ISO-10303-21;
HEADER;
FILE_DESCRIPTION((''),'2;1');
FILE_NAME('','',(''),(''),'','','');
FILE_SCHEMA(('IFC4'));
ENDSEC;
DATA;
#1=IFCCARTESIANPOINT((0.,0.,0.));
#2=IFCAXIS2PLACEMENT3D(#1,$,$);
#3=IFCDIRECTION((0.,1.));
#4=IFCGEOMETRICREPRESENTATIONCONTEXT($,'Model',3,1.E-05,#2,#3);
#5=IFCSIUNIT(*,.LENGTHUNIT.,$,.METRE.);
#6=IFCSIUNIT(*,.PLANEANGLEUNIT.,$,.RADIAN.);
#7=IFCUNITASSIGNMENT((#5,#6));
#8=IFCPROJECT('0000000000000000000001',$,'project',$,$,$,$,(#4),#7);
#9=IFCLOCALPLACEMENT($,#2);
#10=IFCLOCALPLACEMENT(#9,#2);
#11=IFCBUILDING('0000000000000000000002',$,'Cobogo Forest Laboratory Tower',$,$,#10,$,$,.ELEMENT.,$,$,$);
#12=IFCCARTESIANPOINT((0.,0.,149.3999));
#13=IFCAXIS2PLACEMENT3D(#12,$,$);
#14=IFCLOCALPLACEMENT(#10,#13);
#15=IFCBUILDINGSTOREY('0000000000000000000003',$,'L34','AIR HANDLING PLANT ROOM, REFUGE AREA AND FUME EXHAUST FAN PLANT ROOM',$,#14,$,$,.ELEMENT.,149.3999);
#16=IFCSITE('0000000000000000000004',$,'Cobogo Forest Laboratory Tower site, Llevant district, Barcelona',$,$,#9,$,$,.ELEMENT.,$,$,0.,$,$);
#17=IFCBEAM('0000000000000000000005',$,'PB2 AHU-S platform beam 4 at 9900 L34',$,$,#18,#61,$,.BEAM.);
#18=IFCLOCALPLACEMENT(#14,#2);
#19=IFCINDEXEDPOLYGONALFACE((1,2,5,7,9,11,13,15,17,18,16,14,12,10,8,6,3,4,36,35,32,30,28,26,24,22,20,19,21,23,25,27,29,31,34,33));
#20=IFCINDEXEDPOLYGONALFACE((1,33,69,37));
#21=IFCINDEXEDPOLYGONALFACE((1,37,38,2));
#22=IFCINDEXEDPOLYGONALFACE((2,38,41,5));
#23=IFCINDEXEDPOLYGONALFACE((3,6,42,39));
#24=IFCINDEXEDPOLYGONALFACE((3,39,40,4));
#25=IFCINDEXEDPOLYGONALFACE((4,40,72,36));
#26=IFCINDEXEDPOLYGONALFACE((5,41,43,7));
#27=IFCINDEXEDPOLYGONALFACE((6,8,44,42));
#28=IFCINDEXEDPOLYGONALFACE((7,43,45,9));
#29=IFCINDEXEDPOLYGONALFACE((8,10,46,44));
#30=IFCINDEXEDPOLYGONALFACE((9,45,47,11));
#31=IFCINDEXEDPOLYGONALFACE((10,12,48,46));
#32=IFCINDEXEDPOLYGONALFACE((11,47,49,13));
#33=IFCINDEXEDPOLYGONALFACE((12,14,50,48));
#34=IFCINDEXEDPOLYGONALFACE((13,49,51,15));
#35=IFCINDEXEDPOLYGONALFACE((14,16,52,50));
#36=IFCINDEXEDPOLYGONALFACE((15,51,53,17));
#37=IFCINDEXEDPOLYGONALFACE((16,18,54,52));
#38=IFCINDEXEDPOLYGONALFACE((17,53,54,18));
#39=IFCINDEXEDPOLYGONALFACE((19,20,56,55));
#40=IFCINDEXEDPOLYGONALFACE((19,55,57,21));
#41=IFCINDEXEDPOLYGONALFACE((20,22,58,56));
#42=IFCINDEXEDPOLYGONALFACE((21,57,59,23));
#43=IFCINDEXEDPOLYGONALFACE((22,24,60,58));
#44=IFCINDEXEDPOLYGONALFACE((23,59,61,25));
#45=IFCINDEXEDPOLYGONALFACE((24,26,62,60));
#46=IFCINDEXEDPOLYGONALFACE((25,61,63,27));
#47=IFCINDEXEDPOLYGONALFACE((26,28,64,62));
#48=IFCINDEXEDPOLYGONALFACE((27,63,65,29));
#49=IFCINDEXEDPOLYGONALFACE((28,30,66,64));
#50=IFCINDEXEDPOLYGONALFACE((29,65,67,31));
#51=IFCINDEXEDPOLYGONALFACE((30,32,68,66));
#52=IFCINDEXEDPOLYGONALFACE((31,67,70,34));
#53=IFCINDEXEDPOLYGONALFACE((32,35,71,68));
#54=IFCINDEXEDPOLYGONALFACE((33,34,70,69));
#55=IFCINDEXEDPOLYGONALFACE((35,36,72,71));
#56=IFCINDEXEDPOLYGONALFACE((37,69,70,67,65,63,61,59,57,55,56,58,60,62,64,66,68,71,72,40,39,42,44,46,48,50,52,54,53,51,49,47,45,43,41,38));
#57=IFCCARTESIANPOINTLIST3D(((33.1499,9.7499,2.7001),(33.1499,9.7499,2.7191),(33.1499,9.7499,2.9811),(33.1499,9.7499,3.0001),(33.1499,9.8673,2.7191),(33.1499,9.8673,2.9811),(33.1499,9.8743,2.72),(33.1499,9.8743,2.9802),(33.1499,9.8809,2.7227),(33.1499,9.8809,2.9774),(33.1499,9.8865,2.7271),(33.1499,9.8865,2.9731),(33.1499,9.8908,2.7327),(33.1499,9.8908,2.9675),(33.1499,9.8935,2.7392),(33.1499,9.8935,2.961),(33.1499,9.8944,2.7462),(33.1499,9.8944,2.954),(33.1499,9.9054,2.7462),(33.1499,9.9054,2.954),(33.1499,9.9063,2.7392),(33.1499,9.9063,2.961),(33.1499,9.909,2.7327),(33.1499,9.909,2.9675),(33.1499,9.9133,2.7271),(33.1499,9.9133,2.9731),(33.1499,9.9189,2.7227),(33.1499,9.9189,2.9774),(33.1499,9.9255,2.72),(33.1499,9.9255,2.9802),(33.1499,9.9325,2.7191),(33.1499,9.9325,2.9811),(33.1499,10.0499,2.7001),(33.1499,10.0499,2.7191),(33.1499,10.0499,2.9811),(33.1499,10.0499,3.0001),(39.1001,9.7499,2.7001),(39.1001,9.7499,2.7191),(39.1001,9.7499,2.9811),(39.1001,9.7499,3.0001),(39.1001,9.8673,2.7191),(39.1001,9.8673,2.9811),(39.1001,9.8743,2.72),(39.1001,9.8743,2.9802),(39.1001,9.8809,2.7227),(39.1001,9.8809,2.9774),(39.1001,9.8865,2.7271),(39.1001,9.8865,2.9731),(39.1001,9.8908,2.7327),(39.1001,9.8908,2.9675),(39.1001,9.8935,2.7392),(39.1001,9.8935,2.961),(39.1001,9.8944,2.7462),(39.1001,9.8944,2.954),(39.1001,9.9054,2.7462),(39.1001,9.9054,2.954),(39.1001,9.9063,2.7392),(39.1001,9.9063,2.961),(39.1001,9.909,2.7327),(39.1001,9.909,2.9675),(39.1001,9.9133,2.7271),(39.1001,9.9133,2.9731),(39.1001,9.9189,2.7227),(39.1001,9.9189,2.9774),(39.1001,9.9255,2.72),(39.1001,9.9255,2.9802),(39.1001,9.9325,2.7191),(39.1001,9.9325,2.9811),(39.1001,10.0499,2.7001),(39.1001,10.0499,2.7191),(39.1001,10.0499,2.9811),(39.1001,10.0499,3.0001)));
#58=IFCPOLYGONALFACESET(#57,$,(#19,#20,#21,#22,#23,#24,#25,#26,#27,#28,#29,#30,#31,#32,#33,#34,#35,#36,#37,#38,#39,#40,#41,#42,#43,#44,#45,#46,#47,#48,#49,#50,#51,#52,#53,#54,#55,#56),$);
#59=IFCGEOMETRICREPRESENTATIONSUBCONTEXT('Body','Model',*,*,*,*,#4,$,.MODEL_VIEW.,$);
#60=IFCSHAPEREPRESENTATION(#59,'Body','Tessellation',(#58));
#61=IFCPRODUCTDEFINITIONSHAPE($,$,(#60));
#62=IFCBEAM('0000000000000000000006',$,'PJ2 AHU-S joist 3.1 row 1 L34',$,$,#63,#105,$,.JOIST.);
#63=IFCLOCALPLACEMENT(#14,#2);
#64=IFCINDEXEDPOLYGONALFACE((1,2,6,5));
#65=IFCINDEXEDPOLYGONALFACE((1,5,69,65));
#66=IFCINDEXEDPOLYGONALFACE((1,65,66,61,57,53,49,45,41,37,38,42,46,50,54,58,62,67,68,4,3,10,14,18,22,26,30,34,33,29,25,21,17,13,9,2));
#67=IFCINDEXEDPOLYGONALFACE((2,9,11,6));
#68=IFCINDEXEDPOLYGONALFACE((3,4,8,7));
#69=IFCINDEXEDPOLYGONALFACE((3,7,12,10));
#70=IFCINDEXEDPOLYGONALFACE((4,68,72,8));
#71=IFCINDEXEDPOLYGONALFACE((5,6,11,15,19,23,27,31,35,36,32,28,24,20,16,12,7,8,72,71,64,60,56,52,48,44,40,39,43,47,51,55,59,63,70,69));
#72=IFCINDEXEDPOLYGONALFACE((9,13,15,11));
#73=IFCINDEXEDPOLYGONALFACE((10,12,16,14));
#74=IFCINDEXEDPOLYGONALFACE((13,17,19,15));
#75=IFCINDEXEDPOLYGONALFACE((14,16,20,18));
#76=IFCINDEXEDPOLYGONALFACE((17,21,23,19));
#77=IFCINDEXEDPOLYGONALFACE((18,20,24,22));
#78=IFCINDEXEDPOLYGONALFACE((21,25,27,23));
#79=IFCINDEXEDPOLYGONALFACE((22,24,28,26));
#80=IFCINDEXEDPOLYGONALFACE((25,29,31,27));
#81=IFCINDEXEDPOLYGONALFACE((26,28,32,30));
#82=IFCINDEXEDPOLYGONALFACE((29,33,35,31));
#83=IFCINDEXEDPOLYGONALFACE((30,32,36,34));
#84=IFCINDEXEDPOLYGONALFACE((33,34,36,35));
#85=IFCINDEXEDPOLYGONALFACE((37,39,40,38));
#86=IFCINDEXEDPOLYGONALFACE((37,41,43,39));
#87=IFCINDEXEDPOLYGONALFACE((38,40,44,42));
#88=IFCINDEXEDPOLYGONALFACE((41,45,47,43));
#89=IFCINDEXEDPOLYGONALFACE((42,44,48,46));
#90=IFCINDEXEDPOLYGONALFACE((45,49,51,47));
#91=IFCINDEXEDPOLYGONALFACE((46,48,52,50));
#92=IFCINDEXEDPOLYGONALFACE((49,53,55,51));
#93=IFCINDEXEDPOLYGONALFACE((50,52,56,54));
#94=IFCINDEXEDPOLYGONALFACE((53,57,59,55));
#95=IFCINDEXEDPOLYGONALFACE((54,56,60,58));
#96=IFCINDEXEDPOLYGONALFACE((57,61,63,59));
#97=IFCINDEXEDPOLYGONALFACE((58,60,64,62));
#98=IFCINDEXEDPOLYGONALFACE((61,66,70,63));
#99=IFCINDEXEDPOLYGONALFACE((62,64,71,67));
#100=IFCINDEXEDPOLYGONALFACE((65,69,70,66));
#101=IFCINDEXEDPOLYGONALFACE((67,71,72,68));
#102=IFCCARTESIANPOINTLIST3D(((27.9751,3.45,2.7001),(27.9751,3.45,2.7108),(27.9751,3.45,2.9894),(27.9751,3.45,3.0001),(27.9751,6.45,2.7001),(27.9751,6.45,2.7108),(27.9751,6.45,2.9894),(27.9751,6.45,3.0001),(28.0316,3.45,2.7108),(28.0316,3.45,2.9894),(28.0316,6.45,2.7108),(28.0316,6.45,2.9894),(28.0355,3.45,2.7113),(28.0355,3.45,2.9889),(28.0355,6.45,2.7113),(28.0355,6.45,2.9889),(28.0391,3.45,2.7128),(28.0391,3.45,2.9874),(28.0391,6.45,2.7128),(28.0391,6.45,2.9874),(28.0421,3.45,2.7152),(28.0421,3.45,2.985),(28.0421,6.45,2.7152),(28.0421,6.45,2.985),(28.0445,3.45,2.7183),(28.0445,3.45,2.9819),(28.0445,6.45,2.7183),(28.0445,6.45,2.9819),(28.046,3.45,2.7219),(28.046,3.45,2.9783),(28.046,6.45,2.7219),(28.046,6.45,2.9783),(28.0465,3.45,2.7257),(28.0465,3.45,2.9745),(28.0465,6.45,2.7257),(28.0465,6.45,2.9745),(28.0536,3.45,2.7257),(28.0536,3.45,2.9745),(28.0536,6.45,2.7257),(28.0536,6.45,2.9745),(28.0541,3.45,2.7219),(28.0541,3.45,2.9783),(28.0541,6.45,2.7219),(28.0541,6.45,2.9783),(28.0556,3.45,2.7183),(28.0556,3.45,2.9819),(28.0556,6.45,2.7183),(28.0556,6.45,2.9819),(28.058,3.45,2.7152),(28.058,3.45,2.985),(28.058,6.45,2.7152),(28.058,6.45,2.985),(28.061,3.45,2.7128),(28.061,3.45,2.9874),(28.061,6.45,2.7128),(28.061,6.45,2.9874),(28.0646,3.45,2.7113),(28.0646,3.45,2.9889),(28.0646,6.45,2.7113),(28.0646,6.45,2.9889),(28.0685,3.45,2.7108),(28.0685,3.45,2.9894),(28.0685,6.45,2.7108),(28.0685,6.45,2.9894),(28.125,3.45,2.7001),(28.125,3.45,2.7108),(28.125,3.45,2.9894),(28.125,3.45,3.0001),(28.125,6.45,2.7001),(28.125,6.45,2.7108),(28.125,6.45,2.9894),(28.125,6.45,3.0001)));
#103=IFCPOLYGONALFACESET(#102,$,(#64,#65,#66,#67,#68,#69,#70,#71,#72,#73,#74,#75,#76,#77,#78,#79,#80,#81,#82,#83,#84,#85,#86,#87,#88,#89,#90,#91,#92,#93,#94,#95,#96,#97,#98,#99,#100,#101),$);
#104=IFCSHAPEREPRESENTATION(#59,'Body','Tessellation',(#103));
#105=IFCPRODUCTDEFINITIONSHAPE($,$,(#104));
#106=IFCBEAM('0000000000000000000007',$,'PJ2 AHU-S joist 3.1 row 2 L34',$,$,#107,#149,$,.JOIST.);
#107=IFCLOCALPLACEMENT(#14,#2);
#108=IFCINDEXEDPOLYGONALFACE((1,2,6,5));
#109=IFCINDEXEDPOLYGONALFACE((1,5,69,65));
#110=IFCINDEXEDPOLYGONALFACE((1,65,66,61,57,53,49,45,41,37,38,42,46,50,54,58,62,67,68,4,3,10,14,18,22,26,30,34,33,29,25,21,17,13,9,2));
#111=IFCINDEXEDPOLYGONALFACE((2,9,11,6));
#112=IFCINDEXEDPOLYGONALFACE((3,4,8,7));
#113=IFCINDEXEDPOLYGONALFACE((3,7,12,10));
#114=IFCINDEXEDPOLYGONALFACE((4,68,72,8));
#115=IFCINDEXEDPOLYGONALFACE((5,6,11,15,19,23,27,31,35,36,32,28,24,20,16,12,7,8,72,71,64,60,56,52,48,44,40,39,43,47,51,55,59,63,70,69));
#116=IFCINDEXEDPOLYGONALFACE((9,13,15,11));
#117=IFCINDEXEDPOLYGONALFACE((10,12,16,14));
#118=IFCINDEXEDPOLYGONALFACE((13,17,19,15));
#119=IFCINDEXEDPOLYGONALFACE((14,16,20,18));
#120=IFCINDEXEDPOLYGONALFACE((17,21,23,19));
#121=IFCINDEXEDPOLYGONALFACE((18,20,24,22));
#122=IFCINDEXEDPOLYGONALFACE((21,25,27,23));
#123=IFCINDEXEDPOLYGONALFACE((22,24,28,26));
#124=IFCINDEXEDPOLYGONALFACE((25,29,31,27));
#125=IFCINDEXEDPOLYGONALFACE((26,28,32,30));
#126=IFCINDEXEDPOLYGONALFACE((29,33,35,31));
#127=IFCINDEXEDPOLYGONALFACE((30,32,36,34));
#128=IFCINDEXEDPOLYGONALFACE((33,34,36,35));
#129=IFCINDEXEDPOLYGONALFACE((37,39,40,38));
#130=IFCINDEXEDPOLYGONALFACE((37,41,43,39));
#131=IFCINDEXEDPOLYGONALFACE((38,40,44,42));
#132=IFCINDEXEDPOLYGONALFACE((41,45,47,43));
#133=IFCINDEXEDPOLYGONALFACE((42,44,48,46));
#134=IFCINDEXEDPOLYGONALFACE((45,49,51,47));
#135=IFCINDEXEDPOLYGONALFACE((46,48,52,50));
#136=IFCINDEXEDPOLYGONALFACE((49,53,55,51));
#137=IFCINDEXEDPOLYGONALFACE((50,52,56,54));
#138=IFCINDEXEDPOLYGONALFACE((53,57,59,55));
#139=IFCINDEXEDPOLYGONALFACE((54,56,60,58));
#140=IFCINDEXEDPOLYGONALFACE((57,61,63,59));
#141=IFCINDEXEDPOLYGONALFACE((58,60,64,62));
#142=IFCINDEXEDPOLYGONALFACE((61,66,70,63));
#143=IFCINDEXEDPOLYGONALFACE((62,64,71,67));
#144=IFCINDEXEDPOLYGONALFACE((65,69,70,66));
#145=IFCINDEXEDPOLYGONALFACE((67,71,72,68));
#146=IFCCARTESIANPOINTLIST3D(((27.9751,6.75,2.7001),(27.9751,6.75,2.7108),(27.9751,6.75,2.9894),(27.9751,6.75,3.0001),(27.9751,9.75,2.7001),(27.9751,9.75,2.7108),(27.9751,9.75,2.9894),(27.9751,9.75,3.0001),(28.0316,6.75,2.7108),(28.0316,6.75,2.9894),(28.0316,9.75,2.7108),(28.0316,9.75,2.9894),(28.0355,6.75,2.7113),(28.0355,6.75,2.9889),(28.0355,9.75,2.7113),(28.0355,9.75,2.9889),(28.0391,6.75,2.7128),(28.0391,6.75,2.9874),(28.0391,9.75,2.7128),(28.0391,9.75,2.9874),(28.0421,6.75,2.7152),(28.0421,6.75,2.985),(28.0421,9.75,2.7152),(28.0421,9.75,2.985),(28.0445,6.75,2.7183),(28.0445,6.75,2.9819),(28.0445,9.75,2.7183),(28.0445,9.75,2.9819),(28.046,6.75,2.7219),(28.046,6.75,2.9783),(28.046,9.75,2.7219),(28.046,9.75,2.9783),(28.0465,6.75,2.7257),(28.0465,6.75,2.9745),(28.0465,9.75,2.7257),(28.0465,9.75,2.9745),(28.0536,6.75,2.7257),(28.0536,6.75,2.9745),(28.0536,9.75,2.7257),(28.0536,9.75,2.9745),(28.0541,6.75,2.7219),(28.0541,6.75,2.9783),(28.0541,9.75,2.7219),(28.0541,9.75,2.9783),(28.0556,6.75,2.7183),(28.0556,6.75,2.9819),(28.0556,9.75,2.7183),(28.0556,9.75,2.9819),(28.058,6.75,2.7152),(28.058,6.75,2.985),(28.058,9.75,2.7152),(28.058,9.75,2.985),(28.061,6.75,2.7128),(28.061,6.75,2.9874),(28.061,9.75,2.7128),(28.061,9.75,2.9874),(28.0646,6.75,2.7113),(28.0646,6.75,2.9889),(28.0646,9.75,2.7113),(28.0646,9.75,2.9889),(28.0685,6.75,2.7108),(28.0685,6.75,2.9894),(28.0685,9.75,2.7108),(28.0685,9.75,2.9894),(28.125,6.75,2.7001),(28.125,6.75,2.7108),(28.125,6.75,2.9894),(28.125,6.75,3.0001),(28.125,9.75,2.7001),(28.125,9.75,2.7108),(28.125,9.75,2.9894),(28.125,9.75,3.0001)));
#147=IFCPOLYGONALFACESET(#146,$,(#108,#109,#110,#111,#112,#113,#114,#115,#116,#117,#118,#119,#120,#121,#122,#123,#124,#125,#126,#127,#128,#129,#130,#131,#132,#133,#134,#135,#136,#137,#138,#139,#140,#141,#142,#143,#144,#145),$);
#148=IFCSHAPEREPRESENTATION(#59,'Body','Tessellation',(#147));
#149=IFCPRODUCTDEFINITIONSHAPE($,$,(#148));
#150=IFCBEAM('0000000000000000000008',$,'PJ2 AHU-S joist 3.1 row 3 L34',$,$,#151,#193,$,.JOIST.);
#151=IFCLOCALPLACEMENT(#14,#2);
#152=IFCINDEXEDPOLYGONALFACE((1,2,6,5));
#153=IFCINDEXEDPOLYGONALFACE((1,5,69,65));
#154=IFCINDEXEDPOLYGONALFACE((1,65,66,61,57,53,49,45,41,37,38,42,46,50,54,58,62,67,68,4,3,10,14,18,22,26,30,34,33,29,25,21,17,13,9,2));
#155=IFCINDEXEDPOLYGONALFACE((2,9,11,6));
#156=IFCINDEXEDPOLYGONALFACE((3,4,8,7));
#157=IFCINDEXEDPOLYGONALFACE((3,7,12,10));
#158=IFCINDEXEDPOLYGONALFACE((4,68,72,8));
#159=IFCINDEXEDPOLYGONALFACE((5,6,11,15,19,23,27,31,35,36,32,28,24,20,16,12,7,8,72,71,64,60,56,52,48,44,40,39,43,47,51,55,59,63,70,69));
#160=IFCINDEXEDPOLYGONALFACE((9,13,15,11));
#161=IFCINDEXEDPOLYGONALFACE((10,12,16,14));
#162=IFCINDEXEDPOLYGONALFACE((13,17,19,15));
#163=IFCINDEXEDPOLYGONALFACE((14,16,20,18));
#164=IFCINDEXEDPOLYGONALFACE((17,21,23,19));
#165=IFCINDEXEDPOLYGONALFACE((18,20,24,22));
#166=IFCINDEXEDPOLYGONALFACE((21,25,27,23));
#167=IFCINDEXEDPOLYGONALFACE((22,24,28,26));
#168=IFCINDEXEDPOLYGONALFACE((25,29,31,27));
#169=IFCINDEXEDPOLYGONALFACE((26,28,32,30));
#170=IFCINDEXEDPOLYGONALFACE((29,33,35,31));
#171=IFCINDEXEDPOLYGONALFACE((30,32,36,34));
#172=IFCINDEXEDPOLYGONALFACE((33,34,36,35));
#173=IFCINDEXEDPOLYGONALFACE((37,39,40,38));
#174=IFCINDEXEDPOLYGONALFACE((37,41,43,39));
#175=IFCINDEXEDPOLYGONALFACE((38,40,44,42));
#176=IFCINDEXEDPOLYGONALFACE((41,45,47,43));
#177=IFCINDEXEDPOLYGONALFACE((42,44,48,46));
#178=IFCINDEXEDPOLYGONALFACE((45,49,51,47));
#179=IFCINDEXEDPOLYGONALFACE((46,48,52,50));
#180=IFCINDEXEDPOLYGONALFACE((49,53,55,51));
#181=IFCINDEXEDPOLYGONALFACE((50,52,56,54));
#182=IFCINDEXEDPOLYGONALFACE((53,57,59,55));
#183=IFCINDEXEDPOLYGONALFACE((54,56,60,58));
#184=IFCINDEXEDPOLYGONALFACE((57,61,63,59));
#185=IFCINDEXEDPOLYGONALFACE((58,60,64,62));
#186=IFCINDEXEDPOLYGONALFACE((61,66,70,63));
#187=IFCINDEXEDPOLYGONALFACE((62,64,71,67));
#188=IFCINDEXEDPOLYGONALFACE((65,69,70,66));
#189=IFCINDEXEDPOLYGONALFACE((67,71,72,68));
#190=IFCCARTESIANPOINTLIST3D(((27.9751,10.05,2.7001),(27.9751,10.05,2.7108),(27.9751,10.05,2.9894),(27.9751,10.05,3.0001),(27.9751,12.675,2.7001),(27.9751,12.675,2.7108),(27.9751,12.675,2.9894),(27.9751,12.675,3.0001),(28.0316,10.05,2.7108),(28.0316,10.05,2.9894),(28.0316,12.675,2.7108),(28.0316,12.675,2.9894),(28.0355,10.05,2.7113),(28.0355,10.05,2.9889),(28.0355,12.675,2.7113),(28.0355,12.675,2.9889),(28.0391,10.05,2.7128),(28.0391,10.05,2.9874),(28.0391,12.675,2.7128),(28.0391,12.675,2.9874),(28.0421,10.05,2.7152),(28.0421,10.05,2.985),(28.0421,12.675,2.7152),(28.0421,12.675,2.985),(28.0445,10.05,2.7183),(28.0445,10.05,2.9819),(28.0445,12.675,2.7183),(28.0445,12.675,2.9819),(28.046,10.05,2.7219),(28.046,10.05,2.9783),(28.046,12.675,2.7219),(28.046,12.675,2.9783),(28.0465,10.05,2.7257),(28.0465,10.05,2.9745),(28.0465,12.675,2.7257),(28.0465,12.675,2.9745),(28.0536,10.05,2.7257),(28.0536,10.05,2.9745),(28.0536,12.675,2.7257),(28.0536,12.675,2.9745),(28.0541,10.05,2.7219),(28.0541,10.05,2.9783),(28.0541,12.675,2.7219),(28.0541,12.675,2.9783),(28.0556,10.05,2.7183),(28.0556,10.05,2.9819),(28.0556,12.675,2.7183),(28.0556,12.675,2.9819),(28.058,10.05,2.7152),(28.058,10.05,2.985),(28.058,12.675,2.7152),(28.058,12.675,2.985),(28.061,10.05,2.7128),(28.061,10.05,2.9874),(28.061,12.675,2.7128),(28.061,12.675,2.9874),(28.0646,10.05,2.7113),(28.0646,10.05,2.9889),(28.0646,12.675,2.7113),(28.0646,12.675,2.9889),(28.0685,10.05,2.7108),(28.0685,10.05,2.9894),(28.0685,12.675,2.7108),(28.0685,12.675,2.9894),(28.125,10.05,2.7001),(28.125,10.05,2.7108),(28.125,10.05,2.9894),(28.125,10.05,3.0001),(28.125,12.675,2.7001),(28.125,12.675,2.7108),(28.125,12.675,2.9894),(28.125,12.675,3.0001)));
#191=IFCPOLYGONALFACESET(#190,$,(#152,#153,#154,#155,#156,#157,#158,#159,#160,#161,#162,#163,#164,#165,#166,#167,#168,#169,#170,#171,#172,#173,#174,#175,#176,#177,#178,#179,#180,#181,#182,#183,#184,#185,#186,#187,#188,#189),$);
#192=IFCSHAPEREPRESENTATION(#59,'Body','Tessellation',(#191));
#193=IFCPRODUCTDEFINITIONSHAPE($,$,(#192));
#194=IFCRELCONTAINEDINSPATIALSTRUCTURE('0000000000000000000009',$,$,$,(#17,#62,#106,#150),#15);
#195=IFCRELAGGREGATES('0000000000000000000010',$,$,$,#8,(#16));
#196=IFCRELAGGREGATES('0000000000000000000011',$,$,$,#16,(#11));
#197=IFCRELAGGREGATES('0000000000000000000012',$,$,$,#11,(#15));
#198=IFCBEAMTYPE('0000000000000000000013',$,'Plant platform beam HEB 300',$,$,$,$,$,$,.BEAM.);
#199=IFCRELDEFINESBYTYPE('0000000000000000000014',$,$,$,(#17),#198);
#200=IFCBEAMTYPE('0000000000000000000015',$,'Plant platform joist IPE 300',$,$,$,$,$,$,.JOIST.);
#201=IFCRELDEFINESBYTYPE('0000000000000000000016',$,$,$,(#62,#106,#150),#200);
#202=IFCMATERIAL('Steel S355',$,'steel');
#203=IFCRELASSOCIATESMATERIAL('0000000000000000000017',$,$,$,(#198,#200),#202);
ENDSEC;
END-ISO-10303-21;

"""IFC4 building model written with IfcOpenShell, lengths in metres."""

from ifc_helpers import new_model, si_unit, direction, frame, origin, origin_2d, place, context, subcontext, project, spatial, i_section, extrude, material, material_profile, profile_set, type_object, element, save


model = new_model("IFC4")

# Units and contexts
model_context = context("Model", 3, precision=1e-05, world=origin(), true_north=direction((0.0, 1.0)))
body_context = subcontext(model_context, "Body", "Model", "MODEL_VIEW")
ifc_project = project(units=[si_unit("LENGTHUNIT", "METRE"), si_unit("PLANEANGLEUNIT", "RADIAN")], contexts=[model_context])

# Site, building, storey
site_placement = place(None, origin())
site = spatial("IfcSite", under=ifc_project, at=site_placement, Name="Cobogo Forest Laboratory Tower site, Llevant district, Barcelona", CompositionType="ELEMENT", RefElevation=0.0)
building_placement = place(site_placement, origin())
building = spatial("IfcBuilding", under=site, at=building_placement, Name="Cobogo Forest Laboratory Tower", CompositionType="ELEMENT")
storey_placement = place(building_placement, frame((0.0, 0.0, 149.3999)))
storey = spatial("IfcBuildingStorey", under=building, at=storey_placement, Name="L34", Description="AIR HANDLING PLANT ROOM, REFUGE AREA AND FUME EXHAUST FAN PLANT ROOM", CompositionType="ELEMENT", Elevation=149.3999)

# Beams
ifc_material_1 = material(Name="Steel S355", Category="steel")
ifc_material_profile_1 = material_profile(ifc_material_1, i_section(OverallWidth=0.3, OverallDepth=0.3, WebThickness=0.011, FlangeThickness=0.019, FilletRadius=0.0271, at=origin_2d()), Name="HEB 300")
ifc_profile_set_1 = profile_set([ifc_material_profile_1], Name="Steel S355")
beam_type_1 = type_object("IfcBeamType", Name="Plant platform beam HEB 300", PredefinedType="BEAM", material=ifc_profile_set_1)
beam_1_placement = place(storey_placement, frame((33.1499, 9.8999, 2.8501), z_axis=(1.0, 0.0, 0.0), x_axis=(0.0, 1.0, 0.0)))
element("IfcBeam", 1, at=beam_1_placement, inside=storey, type_object=beam_type_1, Name="PB2 AHU-S platform beam 4 at 9900 L34", PredefinedType="BEAM", context=body_context, shape_type="SweptSolid", body=[
    extrude(i_section(OverallWidth=0.3, OverallDepth=0.3, WebThickness=0.011, FlangeThickness=0.019, FilletRadius=0.0271, at=origin_2d()), origin(), (0.0, 0.0, 1.0), 5.9502),
])
ifc_material_profile_2 = material_profile(ifc_material_1, i_section(OverallWidth=0.1499, OverallDepth=0.3, WebThickness=0.0071, FlangeThickness=0.0107, FilletRadius=0.0149, at=origin_2d()), Name="IPE 300")
ifc_profile_set_2 = profile_set([ifc_material_profile_2], Name="Steel S355")
beam_type_2 = type_object("IfcBeamType", Name="Plant platform joist IPE 300", PredefinedType="JOIST", material=ifc_profile_set_2)
for number, where, z_axis, x_axis, name in (
    (2, (28.05, 3.45, 2.8501), (0.0, 1.0, 0.0), (-1.0, 0.0, 0.0), "PJ2 AHU-S joist 3.1 row 1 L34"),
    (3, (28.05, 6.75, 2.8501), (0.0, 1.0, 0.0), (-1.0, 0.0, 0.0), "PJ2 AHU-S joist 3.1 row 2 L34"),
):
    element("IfcBeam", number, at=place(storey_placement, frame(where, z_axis=z_axis, x_axis=x_axis)), inside=storey, type_object=beam_type_2, Name=name, PredefinedType="JOIST", context=body_context, shape_type="SweptSolid", body=[
        extrude(i_section(OverallWidth=0.1499, OverallDepth=0.3, WebThickness=0.0071, FlangeThickness=0.0107, FilletRadius=0.0149, at=origin_2d()), origin(), (0.0, 0.0, 1.0), 3.0),
    ])
beam_2_placement = place(storey_placement, frame((28.05, 10.05, 2.8501), z_axis=(0.0, 1.0, 0.0), x_axis=(-1.0, 0.0, 0.0)))
element("IfcBeam", 4, at=beam_2_placement, inside=storey, type_object=beam_type_2, Name="PJ2 AHU-S joist 3.1 row 3 L34", PredefinedType="JOIST", context=body_context, shape_type="SweptSolid", body=[
    extrude(i_section(OverallWidth=0.1499, OverallDepth=0.3, WebThickness=0.0071, FlangeThickness=0.0107, FilletRadius=0.0149, at=origin_2d()), origin(), (0.0, 0.0, 1.0), 2.625),
])

save(model, "model.ifc")
